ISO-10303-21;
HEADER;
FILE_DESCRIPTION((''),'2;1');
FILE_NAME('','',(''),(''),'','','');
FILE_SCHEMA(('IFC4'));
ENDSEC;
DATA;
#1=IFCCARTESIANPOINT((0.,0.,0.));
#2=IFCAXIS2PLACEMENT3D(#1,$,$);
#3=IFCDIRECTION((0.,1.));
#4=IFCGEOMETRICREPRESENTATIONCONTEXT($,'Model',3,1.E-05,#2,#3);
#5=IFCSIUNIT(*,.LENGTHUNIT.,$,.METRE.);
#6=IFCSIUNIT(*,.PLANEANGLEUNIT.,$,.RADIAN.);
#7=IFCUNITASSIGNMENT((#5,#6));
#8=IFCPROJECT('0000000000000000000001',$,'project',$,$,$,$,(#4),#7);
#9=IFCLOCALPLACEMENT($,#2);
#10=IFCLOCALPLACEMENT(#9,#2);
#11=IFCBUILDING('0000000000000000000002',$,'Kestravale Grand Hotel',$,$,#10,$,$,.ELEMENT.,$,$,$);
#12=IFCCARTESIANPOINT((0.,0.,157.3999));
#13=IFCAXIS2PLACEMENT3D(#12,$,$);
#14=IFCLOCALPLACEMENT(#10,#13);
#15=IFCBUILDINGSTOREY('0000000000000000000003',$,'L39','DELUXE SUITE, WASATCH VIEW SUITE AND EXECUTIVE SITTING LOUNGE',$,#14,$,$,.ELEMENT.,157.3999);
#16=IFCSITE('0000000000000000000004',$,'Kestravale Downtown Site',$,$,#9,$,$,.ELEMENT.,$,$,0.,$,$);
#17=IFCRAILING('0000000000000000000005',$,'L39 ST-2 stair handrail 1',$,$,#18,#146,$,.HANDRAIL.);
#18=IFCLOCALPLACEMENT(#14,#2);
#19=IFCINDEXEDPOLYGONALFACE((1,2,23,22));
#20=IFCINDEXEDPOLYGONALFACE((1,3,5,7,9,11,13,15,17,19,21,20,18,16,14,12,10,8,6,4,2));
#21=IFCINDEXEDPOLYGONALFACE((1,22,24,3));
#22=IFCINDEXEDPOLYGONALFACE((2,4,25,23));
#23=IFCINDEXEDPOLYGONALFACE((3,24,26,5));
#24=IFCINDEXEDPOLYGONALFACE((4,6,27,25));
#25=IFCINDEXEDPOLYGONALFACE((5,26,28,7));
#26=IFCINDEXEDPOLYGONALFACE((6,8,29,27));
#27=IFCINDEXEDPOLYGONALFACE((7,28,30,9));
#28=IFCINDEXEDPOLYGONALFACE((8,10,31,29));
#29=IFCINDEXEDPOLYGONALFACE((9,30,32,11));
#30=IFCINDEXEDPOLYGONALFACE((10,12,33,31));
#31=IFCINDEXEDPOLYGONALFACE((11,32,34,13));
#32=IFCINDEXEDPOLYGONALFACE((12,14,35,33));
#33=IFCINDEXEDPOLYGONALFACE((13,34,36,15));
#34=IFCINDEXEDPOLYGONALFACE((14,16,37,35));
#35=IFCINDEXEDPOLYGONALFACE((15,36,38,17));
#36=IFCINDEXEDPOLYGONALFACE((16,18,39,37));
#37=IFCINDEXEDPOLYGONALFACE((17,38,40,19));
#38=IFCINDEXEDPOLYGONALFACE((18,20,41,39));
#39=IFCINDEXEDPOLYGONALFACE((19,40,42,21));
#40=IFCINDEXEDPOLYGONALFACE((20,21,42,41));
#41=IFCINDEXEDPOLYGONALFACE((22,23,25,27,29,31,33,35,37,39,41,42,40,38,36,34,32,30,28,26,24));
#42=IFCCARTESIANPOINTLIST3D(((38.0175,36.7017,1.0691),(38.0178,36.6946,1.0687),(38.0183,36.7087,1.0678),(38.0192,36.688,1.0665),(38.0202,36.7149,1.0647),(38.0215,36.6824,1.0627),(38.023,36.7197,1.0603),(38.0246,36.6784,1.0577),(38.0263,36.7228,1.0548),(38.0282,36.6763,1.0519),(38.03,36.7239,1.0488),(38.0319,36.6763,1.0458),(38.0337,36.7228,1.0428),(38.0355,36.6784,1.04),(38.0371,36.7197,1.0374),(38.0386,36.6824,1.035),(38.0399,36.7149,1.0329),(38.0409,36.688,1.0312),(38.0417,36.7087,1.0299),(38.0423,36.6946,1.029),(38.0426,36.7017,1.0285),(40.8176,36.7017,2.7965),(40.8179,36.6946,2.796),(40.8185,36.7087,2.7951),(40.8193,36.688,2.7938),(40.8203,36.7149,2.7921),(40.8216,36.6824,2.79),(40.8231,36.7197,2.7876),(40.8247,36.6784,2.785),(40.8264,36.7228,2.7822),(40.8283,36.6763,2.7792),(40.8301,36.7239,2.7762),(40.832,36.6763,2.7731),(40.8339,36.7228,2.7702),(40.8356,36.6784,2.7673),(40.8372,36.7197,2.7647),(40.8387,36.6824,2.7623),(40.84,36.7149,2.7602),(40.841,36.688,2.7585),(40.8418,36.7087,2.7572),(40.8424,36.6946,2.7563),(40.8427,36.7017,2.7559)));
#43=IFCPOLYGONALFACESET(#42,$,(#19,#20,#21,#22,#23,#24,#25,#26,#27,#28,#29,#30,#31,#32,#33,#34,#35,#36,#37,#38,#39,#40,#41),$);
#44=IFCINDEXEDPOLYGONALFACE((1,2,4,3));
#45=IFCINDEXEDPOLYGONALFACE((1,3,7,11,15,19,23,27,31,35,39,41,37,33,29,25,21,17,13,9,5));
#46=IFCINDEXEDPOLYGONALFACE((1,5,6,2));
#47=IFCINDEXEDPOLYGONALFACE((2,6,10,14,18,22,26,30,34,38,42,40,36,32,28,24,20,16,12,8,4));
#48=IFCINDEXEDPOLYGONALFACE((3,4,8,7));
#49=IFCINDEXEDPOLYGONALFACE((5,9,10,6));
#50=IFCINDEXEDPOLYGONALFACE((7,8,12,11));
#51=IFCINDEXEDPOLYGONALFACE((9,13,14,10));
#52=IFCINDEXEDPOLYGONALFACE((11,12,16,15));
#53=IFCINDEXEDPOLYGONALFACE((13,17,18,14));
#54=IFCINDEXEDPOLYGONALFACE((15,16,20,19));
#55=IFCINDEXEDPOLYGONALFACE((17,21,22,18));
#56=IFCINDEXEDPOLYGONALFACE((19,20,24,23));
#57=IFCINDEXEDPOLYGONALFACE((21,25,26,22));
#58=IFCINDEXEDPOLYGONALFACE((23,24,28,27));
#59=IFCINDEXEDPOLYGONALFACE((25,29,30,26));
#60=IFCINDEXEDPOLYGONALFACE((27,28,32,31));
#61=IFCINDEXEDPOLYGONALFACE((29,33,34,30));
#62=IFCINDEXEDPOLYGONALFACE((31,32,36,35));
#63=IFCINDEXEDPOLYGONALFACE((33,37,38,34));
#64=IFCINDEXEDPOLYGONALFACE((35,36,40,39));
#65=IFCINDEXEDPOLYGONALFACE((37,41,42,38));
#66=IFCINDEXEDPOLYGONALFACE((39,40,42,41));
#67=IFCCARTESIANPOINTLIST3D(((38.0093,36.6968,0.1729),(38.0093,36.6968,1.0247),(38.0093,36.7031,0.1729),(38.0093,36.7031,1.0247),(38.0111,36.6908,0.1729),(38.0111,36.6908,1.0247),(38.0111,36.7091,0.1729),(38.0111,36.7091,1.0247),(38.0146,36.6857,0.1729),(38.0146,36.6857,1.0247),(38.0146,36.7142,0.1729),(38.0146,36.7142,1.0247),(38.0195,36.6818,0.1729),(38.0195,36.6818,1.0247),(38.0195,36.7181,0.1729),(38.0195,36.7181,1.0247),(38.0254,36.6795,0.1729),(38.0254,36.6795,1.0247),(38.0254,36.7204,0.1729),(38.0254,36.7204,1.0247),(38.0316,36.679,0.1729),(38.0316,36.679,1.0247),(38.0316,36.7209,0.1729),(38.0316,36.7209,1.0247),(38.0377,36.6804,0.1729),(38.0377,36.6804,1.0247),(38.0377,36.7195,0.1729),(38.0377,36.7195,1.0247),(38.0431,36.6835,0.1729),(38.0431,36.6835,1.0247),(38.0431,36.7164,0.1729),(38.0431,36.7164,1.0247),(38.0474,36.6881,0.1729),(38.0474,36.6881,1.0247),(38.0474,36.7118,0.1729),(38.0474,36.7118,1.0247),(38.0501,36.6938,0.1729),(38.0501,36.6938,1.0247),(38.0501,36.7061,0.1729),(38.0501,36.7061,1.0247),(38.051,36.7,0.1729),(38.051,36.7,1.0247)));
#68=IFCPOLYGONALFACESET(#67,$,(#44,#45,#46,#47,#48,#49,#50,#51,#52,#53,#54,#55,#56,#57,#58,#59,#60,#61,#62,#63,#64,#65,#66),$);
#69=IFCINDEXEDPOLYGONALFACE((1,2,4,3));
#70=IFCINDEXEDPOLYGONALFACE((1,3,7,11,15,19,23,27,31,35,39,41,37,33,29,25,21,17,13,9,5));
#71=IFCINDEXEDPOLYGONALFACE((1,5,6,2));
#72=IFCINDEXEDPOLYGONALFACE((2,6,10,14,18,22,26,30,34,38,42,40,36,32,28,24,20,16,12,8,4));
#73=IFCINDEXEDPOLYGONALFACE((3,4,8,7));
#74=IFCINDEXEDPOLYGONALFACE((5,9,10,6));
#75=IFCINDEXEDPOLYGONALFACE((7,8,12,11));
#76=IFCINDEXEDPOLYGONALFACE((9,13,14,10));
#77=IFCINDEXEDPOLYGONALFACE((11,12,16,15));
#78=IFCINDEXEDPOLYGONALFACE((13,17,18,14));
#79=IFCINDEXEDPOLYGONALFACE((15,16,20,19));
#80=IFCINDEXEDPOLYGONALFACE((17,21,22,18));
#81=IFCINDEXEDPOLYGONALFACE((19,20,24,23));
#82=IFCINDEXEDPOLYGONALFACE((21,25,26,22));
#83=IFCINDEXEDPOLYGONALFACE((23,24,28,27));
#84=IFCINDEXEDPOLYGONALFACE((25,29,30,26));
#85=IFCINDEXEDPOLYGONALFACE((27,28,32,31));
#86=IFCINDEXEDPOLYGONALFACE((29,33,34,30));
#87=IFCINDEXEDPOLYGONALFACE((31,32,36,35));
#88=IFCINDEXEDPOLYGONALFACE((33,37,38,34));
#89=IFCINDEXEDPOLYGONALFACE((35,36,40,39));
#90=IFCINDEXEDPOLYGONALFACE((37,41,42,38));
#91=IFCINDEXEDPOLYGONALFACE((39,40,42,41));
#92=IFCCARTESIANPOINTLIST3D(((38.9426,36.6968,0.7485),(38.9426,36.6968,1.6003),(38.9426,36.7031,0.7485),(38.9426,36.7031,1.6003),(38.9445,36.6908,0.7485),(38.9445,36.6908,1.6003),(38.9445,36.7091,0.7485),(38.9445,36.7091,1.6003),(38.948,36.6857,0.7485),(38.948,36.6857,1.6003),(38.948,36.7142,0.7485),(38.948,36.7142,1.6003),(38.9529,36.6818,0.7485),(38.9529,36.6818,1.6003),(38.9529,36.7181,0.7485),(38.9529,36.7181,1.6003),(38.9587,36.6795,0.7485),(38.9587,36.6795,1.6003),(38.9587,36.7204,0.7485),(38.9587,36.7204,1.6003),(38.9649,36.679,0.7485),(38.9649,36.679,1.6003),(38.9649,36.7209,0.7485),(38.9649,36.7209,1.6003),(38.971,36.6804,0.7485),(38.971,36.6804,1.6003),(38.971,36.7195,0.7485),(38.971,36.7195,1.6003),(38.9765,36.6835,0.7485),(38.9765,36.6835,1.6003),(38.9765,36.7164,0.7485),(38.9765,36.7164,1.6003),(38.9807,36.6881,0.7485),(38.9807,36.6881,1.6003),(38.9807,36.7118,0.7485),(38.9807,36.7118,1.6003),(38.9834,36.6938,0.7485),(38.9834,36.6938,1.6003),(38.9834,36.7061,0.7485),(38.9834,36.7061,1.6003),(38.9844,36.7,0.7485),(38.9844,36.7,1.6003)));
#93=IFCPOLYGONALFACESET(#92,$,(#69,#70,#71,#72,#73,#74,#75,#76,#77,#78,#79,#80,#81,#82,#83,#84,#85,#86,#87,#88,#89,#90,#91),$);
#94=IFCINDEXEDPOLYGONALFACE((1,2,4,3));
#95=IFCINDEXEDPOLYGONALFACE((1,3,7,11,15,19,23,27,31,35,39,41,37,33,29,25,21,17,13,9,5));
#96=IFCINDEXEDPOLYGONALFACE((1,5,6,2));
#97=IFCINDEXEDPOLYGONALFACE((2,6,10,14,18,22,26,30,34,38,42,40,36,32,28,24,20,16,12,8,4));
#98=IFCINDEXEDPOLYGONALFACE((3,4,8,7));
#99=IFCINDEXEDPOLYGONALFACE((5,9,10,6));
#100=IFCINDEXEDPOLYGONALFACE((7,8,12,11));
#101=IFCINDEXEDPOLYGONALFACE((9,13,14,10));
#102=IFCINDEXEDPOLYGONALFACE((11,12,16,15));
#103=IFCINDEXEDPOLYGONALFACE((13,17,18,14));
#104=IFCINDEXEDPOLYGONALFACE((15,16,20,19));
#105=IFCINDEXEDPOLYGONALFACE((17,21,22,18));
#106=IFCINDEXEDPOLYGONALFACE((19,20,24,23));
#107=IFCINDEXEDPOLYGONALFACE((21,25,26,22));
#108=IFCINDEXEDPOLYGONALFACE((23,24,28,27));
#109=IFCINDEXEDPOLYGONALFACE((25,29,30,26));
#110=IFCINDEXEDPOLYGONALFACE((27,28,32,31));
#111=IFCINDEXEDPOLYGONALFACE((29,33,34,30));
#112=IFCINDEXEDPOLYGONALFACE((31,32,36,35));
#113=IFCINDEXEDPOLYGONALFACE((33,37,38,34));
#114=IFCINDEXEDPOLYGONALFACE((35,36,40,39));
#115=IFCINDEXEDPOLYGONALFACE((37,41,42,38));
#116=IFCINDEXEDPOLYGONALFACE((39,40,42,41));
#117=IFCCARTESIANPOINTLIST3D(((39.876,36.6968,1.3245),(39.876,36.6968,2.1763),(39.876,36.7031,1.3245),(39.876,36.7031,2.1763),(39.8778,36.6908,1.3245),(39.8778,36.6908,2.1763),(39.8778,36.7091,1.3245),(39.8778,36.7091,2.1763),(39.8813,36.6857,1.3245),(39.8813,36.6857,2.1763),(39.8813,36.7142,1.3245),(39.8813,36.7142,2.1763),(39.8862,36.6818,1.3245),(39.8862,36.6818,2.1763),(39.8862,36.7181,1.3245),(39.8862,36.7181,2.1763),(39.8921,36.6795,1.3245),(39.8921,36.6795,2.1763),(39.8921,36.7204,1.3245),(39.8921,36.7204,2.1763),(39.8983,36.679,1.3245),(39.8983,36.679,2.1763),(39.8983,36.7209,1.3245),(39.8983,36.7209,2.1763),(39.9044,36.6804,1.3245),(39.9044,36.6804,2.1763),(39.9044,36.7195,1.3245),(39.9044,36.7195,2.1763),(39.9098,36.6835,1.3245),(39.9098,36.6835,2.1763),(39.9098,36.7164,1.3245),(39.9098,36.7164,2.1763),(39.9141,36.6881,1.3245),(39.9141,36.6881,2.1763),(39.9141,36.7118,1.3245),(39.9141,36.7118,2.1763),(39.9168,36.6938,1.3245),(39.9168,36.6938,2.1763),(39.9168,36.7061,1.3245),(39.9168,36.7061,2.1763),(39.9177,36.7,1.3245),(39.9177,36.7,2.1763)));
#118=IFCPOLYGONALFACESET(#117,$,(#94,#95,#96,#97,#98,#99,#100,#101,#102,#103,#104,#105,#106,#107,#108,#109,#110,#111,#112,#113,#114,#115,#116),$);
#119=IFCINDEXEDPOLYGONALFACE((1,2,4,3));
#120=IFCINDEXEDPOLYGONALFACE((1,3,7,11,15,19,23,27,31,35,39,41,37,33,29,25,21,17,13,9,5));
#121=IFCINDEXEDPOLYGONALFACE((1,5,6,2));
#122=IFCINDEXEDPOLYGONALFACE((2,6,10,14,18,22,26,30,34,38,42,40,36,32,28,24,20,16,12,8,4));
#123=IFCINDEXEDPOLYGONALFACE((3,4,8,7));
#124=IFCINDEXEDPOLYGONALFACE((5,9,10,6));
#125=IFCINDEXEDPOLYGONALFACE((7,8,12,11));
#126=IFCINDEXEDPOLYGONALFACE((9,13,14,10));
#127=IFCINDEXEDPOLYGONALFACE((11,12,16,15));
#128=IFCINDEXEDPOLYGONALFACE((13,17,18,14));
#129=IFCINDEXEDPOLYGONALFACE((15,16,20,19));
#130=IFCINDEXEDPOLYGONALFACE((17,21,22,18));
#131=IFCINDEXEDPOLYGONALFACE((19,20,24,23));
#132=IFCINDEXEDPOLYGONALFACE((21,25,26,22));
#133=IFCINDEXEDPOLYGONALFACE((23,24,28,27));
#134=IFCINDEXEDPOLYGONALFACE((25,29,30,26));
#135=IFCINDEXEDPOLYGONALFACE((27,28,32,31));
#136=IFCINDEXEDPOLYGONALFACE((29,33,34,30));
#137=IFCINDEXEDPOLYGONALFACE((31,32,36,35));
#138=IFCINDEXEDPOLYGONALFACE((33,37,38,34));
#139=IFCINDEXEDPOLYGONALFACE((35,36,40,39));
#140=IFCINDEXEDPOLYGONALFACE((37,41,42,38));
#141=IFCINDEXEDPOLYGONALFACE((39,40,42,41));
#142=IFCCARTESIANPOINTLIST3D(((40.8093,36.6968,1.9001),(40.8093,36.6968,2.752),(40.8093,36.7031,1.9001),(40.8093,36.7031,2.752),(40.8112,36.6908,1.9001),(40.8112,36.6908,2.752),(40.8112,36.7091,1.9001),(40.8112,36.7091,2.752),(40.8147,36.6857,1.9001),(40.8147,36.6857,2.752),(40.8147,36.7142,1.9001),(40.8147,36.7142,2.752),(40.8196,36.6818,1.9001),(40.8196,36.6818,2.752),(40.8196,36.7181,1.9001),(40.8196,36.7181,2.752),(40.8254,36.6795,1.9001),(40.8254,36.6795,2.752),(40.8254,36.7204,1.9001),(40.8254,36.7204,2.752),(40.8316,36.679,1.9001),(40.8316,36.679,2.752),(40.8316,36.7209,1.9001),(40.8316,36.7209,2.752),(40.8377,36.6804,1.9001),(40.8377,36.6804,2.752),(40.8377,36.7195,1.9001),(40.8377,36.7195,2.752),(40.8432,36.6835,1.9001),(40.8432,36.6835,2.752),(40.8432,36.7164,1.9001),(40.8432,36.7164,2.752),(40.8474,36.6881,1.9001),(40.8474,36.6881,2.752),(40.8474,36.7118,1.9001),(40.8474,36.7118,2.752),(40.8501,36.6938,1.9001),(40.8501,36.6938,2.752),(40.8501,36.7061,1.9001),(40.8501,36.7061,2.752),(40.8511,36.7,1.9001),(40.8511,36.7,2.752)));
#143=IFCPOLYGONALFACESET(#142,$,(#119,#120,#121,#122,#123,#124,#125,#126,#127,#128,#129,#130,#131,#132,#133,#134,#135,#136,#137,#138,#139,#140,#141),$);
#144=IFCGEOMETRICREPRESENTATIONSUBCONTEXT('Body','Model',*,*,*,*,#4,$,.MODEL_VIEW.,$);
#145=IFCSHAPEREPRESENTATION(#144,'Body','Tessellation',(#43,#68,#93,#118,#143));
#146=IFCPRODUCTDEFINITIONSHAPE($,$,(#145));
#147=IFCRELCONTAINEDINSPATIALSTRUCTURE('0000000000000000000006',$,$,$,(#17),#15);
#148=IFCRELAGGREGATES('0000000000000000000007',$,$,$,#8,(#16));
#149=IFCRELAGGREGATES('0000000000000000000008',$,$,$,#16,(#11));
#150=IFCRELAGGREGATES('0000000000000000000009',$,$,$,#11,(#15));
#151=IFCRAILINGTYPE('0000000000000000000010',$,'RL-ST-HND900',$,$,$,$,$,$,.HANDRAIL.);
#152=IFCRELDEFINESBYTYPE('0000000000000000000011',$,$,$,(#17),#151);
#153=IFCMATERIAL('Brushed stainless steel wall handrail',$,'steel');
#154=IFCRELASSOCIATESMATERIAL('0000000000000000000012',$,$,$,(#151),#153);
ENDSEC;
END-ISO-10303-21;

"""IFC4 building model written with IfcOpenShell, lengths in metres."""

from ifc_helpers import new_model, si_unit, direction, frame, origin, origin_2d, place, context, subcontext, project, spatial, circle, extrude, material, type_object, element, save


model = new_model("IFC4")

# Units and contexts
model_context = context("Model", 3, precision=1e-05, world=origin(), true_north=direction((0.0, 1.0)))
body_context = subcontext(model_context, "Body", "Model", "MODEL_VIEW")
ifc_project = project(units=[si_unit("LENGTHUNIT", "METRE"), si_unit("PLANEANGLEUNIT", "RADIAN")], contexts=[model_context])

# Site, building, storey
site_placement = place(None, origin())
site = spatial("IfcSite", under=ifc_project, at=site_placement, Name="Kestravale Downtown Site", CompositionType="ELEMENT", RefElevation=0.0)
building_placement = place(site_placement, origin())
building = spatial("IfcBuilding", under=site, at=building_placement, Name="Kestravale Grand Hotel", CompositionType="ELEMENT")
storey_placement = place(building_placement, frame((0.0, 0.0, 157.3999)))
storey = spatial("IfcBuildingStorey", under=building, at=storey_placement, Name="L39", Description="DELUXE SUITE, WASATCH VIEW SUITE AND EXECUTIVE SITTING LOUNGE", CompositionType="ELEMENT", Elevation=157.3999)

# Railing
ifc_material_1 = material(Name="Brushed stainless steel wall handrail", Category="steel")
railing_type_1 = type_object("IfcRailingType", Name="RL-ST-HND900", PredefinedType="HANDRAIL", material=ifc_material_1)
railing_1_placement = place(storey_placement, frame((38.03, 36.7, 0.1729)))
element("IfcRailing", 1, at=railing_1_placement, inside=storey, type_object=railing_type_1, Name="L39 ST-2 stair handrail 1", PredefinedType="HANDRAIL", context=body_context, shape_type="SweptSolid", body=[
    extrude(circle(Radius=0.0239, at=origin_2d()), frame((0.0, 0.0, 0.876), z_axis=(0.85109, 0.0, 0.52502), x_axis=(0.0, 1.0, 0.0)), (0.0, 0.0, 1.0), 3.29),
    extrude(circle(Radius=0.021, at=origin_2d()), origin(), (0.0, 0.0, 1.0), 0.8518),
    extrude(circle(Radius=0.021, at=origin_2d()), frame((0.9333, 0.0, 0.5757)), (0.0, 0.0, 1.0), 0.8518),
    extrude(circle(Radius=0.021, at=origin_2d()), frame((1.8667, 0.0, 1.1516)), (0.0, 0.0, 1.0), 0.8518),
    extrude(circle(Radius=0.021, at=origin_2d()), frame((2.8, 0.0, 1.7273)), (0.0, 0.0, 1.0), 0.8518),
])

save(model, "model.ifc")
